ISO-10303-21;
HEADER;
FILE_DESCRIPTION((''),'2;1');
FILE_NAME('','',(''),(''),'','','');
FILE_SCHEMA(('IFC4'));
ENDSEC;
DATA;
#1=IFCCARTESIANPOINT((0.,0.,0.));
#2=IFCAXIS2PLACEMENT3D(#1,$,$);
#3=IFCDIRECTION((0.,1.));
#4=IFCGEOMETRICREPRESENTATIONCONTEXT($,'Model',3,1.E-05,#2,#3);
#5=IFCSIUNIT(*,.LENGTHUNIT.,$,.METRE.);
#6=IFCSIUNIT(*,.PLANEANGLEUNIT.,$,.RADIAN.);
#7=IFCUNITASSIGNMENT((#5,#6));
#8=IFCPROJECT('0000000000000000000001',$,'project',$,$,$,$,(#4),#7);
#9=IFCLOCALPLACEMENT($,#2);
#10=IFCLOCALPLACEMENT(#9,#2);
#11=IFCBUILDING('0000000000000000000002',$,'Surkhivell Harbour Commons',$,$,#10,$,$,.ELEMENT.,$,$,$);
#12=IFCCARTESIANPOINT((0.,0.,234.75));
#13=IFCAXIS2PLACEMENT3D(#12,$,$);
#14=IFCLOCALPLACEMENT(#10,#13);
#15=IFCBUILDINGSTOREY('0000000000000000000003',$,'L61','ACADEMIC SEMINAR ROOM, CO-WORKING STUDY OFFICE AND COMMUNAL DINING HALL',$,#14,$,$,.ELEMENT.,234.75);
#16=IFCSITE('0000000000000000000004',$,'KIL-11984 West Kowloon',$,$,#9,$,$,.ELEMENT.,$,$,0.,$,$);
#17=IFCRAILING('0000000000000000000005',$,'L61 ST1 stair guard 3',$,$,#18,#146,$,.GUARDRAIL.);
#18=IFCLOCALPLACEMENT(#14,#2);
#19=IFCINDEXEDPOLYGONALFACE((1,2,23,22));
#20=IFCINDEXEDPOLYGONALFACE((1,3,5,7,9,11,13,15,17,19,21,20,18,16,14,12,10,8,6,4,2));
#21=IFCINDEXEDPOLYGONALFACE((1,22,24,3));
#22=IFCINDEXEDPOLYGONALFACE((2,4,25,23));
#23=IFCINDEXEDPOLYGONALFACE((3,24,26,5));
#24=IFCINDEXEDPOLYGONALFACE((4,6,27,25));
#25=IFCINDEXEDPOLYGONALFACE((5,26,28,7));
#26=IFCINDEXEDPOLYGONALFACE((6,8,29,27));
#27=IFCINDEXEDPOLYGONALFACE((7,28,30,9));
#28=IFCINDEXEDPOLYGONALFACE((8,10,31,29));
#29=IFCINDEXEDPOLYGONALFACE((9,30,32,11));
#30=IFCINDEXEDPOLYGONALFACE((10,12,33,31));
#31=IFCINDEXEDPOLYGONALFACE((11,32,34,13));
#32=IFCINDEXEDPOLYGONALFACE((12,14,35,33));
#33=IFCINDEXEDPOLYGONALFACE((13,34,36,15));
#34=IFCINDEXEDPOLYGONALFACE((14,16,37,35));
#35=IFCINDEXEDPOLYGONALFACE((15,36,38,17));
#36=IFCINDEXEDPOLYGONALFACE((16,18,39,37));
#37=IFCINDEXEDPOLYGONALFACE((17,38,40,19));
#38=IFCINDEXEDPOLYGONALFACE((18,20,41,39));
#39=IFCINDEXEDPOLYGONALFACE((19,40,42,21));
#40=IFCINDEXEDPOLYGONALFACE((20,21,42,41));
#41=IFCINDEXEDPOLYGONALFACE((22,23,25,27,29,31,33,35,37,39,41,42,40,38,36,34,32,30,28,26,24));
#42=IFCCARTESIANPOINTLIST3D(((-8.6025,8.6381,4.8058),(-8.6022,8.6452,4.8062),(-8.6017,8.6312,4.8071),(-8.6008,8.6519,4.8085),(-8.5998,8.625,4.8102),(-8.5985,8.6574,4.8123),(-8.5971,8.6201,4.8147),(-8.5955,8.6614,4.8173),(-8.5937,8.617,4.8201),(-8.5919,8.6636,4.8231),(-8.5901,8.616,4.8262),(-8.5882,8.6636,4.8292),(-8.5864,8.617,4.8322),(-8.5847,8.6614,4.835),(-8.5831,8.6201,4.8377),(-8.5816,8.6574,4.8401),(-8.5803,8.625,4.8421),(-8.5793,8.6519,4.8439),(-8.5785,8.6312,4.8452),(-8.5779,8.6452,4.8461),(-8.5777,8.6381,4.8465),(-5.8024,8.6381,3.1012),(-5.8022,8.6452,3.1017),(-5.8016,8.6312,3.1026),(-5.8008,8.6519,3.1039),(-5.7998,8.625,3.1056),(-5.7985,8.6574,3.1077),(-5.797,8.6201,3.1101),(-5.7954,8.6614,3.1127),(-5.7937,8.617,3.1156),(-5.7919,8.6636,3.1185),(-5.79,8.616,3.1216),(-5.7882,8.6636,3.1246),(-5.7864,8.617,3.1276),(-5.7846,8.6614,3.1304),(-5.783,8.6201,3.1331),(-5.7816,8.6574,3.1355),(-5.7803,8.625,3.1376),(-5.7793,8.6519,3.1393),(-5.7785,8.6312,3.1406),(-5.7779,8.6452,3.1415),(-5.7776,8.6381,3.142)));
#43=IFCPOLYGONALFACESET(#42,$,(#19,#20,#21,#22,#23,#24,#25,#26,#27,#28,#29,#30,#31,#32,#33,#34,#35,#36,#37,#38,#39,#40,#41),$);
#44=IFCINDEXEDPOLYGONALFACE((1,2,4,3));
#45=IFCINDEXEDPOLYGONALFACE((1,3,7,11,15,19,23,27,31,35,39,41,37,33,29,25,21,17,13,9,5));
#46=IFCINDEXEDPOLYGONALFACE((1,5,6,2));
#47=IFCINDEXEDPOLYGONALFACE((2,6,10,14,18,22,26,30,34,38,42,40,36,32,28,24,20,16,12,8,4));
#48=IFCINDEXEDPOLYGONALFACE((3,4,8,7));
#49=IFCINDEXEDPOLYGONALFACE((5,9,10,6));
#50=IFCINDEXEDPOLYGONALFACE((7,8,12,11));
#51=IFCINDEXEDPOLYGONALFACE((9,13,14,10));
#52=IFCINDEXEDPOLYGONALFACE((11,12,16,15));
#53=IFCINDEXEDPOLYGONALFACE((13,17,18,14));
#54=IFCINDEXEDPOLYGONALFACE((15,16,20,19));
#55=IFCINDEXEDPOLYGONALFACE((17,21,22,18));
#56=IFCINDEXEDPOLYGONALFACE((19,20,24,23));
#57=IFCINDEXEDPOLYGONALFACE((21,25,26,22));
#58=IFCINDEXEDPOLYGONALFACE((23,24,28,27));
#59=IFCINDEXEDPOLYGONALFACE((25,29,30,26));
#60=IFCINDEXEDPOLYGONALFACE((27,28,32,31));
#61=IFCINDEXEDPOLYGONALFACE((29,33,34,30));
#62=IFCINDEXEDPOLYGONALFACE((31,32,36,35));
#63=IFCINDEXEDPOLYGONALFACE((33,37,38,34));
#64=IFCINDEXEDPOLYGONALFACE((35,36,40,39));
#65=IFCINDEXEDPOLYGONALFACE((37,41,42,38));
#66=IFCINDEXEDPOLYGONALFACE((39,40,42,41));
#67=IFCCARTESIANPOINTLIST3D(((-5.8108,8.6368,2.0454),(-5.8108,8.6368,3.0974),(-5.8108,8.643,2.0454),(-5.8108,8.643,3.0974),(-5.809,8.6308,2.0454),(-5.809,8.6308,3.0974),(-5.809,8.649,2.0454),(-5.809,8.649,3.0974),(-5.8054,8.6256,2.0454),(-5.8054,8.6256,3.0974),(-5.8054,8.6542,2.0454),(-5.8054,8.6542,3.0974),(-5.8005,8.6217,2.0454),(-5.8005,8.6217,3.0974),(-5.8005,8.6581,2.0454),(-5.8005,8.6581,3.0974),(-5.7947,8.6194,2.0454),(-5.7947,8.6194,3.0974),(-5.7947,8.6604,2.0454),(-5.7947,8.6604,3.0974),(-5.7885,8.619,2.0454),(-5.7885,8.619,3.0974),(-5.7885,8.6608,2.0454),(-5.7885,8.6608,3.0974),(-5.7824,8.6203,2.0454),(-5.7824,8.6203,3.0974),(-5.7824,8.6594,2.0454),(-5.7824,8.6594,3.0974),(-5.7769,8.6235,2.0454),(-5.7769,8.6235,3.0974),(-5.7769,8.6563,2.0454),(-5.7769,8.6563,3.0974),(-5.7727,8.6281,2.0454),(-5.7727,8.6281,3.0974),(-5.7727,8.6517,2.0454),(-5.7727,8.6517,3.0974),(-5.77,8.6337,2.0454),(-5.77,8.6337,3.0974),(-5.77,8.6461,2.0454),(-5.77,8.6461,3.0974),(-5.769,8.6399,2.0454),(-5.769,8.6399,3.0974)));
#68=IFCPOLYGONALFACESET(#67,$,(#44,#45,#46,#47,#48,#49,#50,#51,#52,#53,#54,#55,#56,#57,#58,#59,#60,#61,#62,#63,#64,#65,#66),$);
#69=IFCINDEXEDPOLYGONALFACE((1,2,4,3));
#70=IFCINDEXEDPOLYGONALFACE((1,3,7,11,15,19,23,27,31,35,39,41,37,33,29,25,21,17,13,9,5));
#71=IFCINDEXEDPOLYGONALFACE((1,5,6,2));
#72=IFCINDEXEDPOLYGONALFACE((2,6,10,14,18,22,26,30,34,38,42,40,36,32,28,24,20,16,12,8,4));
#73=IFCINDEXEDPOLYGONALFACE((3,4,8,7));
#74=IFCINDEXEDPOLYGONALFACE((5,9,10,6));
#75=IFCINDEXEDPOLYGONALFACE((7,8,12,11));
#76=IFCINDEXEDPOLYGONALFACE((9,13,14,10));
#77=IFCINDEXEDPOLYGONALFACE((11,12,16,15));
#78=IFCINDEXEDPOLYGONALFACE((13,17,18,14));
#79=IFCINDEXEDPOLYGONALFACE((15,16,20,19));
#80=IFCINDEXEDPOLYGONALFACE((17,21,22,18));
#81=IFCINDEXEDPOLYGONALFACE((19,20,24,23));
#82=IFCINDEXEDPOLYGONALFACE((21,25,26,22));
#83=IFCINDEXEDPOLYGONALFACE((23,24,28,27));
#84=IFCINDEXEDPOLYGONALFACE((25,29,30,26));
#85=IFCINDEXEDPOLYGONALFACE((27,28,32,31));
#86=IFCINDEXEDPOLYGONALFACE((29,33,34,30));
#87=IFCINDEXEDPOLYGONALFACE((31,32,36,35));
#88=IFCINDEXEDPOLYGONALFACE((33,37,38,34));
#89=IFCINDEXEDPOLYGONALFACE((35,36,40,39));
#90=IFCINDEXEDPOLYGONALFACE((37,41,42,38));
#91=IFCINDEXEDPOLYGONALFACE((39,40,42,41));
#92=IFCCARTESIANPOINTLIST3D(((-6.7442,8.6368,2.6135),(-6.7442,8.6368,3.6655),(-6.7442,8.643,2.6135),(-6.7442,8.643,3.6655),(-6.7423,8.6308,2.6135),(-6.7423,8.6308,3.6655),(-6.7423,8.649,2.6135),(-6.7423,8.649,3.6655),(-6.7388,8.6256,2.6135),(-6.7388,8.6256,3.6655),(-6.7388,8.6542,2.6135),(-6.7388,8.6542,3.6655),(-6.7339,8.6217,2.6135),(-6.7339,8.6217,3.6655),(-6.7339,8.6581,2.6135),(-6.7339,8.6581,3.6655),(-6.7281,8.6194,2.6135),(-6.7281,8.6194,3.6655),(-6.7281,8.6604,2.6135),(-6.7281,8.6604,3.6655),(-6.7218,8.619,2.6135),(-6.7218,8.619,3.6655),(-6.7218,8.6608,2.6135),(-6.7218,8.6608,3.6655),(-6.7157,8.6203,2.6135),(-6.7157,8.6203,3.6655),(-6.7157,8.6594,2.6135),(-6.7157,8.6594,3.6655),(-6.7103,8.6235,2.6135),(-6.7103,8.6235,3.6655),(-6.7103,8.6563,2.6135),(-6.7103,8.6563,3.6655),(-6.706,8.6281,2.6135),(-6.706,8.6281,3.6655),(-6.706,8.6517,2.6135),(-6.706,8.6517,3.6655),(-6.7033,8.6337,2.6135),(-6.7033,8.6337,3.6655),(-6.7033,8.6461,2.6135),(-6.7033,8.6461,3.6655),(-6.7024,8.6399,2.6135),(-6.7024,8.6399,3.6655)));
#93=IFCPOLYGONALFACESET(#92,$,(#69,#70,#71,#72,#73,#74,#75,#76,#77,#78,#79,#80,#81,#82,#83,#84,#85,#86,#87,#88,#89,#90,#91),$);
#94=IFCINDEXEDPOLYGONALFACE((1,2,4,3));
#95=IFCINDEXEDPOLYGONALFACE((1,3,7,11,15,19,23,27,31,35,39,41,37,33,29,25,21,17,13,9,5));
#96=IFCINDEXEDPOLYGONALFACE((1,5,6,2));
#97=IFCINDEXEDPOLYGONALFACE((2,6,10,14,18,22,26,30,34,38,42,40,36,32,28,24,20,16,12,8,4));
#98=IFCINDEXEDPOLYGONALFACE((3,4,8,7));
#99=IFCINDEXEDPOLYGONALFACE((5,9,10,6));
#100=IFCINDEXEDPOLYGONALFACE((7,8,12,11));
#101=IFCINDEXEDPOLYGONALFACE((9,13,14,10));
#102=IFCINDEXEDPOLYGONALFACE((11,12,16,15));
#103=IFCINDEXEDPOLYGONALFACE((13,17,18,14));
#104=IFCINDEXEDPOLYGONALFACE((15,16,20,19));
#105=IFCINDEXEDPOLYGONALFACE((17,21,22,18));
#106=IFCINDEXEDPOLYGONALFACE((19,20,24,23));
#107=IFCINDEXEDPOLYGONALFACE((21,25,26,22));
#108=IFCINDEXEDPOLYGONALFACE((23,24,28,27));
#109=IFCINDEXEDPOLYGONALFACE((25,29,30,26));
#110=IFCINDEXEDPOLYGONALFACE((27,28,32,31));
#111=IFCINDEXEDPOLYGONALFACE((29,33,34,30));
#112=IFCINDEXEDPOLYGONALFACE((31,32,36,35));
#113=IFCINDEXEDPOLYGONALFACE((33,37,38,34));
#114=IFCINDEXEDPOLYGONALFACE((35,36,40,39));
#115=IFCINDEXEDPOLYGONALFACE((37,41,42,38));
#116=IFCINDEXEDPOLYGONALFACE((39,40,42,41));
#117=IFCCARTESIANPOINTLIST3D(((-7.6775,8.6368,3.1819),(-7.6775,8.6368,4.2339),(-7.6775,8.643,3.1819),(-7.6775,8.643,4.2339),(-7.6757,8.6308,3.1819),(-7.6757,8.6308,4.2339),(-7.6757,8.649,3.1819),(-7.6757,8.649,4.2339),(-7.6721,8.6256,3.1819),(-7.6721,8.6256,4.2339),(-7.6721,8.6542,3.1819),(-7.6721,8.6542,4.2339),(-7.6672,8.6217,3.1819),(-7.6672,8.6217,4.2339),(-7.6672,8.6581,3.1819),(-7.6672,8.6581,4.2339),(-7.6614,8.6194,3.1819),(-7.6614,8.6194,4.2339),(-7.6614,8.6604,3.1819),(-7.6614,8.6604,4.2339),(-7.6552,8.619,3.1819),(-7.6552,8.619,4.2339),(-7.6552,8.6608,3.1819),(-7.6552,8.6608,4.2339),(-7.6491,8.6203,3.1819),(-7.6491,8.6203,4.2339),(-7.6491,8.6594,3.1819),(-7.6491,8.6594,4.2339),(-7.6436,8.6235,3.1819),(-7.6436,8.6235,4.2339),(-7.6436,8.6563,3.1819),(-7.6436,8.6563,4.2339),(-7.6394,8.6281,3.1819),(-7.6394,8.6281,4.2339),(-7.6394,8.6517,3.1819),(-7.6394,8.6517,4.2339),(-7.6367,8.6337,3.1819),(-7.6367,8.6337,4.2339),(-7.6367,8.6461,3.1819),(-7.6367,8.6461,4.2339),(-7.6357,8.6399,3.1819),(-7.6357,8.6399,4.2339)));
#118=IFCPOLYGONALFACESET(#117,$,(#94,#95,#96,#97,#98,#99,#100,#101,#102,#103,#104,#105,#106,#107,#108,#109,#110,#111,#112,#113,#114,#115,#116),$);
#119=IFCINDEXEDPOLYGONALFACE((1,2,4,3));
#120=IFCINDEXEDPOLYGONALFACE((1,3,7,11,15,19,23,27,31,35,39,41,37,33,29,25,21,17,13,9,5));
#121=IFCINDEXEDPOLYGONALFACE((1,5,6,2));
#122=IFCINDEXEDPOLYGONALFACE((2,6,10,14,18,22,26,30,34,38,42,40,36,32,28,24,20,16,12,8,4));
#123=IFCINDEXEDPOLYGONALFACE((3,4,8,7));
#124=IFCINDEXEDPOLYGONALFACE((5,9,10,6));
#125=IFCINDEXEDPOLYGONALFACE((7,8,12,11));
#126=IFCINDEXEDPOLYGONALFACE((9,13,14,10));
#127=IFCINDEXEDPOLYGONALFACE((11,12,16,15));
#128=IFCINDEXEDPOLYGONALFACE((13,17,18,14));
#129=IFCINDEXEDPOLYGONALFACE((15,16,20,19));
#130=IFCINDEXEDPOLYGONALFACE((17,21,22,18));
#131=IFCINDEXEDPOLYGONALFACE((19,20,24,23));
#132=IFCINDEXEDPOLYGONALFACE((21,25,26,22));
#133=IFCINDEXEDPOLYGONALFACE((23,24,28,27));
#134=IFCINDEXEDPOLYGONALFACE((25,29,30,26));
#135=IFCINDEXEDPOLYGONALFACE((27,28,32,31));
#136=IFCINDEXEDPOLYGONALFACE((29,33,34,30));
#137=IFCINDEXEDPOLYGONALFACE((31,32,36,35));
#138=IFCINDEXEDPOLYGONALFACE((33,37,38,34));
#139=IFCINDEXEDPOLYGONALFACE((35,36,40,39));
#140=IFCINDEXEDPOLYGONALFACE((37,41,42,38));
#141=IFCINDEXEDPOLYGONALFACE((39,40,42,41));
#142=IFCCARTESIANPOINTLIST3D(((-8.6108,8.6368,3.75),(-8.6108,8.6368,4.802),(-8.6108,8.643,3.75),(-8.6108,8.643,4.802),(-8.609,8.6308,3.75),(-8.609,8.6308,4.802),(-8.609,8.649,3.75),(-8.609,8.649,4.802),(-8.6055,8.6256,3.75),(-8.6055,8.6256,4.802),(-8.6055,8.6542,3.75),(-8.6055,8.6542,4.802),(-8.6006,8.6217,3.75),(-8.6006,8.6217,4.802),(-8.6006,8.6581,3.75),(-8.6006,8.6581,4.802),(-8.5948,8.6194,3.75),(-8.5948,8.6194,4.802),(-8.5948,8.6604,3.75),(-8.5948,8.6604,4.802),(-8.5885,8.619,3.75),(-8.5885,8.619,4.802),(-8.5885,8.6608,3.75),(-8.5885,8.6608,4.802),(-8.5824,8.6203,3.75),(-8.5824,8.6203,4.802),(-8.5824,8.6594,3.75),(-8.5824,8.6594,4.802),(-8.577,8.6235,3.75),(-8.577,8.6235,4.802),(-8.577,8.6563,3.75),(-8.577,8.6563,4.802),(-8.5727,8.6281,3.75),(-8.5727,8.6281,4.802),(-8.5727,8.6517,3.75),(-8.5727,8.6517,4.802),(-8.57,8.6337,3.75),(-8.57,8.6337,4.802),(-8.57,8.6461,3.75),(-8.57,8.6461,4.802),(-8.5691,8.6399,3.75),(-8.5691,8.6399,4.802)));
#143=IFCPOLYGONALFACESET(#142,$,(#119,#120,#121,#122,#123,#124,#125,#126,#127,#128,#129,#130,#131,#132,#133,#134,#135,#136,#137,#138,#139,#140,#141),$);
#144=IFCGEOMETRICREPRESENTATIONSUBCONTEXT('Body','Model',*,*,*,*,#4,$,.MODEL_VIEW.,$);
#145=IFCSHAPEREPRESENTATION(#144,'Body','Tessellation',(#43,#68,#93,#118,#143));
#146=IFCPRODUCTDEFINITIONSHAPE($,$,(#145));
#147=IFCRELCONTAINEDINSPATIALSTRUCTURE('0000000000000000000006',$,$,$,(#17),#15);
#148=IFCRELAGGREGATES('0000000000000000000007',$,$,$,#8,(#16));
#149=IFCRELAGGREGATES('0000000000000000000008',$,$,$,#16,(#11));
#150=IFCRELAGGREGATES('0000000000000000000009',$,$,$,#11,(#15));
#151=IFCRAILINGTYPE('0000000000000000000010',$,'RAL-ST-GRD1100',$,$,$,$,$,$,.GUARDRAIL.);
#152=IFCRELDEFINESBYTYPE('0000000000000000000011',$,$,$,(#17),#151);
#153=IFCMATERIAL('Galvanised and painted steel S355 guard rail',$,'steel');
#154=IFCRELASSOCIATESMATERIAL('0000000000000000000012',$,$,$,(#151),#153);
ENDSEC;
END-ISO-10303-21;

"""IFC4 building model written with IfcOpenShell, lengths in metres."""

from ifc_helpers import new_model, si_unit, direction, frame, origin, origin_2d, place, context, subcontext, project, spatial, circle, extrude, material, type_object, element, save


model = new_model("IFC4")

# Units and contexts
model_context = context("Model", 3, precision=1e-05, world=origin(), true_north=direction((0.0, 1.0)))
body_context = subcontext(model_context, "Body", "Model", "MODEL_VIEW")
ifc_project = project(units=[si_unit("LENGTHUNIT", "METRE"), si_unit("PLANEANGLEUNIT", "RADIAN")], contexts=[model_context])

# Site, building, storey
site_placement = place(None, origin())
site = spatial("IfcSite", under=ifc_project, at=site_placement, Name="KIL-11984 West Kowloon", CompositionType="ELEMENT", RefElevation=0.0)
building_placement = place(site_placement, origin())
building = spatial("IfcBuilding", under=site, at=building_placement, Name="Surkhivell Harbour Commons", CompositionType="ELEMENT")
storey_placement = place(building_placement, frame((0.0, 0.0, 234.75)))
storey = spatial("IfcBuildingStorey", under=building, at=storey_placement, Name="L61", Description="ACADEMIC SEMINAR ROOM, CO-WORKING STUDY OFFICE AND COMMUNAL DINING HALL", CompositionType="ELEMENT", Elevation=234.75)

# Railing
ifc_material_1 = material(Name="Galvanised and painted steel S355 guard rail", Category="steel")
railing_type_1 = type_object("IfcRailingType", Name="RAL-ST-GRD1100", PredefinedType="GUARDRAIL", material=ifc_material_1)
railing_1_placement = place(storey_placement, frame((-5.79, 8.6399, 2.0454)))
element("IfcRailing", 1, at=railing_1_placement, inside=storey, type_object=railing_type_1, Name="L61 ST1 stair guard 3", PredefinedType="GUARDRAIL", context=body_context, shape_type="SweptSolid", body=[
    extrude(circle(Radius=0.0239, at=origin_2d()), frame((0.0, 0.0, 1.0762), z_axis=(-0.85417, 0.0, 0.519994), x_axis=(0.0, -1.0, 0.0)), (0.0, 0.0, 1.0), 3.2781),
    extrude(circle(Radius=0.021, at=origin_2d()), origin(), (0.0, 0.0, 1.0), 1.052),
    extrude(circle(Radius=0.021, at=origin_2d()), frame((-0.9333, 0.0, 0.5681)), (0.0, 0.0, 1.0), 1.052),
    extrude(circle(Radius=0.021, at=origin_2d()), frame((-1.8667, 0.0, 1.1365)), (0.0, 0.0, 1.0), 1.052),
    extrude(circle(Radius=0.021, at=origin_2d()), frame((-2.8, 0.0, 1.7046)), (0.0, 0.0, 1.0), 1.052),
])

save(model, "model.ifc")
